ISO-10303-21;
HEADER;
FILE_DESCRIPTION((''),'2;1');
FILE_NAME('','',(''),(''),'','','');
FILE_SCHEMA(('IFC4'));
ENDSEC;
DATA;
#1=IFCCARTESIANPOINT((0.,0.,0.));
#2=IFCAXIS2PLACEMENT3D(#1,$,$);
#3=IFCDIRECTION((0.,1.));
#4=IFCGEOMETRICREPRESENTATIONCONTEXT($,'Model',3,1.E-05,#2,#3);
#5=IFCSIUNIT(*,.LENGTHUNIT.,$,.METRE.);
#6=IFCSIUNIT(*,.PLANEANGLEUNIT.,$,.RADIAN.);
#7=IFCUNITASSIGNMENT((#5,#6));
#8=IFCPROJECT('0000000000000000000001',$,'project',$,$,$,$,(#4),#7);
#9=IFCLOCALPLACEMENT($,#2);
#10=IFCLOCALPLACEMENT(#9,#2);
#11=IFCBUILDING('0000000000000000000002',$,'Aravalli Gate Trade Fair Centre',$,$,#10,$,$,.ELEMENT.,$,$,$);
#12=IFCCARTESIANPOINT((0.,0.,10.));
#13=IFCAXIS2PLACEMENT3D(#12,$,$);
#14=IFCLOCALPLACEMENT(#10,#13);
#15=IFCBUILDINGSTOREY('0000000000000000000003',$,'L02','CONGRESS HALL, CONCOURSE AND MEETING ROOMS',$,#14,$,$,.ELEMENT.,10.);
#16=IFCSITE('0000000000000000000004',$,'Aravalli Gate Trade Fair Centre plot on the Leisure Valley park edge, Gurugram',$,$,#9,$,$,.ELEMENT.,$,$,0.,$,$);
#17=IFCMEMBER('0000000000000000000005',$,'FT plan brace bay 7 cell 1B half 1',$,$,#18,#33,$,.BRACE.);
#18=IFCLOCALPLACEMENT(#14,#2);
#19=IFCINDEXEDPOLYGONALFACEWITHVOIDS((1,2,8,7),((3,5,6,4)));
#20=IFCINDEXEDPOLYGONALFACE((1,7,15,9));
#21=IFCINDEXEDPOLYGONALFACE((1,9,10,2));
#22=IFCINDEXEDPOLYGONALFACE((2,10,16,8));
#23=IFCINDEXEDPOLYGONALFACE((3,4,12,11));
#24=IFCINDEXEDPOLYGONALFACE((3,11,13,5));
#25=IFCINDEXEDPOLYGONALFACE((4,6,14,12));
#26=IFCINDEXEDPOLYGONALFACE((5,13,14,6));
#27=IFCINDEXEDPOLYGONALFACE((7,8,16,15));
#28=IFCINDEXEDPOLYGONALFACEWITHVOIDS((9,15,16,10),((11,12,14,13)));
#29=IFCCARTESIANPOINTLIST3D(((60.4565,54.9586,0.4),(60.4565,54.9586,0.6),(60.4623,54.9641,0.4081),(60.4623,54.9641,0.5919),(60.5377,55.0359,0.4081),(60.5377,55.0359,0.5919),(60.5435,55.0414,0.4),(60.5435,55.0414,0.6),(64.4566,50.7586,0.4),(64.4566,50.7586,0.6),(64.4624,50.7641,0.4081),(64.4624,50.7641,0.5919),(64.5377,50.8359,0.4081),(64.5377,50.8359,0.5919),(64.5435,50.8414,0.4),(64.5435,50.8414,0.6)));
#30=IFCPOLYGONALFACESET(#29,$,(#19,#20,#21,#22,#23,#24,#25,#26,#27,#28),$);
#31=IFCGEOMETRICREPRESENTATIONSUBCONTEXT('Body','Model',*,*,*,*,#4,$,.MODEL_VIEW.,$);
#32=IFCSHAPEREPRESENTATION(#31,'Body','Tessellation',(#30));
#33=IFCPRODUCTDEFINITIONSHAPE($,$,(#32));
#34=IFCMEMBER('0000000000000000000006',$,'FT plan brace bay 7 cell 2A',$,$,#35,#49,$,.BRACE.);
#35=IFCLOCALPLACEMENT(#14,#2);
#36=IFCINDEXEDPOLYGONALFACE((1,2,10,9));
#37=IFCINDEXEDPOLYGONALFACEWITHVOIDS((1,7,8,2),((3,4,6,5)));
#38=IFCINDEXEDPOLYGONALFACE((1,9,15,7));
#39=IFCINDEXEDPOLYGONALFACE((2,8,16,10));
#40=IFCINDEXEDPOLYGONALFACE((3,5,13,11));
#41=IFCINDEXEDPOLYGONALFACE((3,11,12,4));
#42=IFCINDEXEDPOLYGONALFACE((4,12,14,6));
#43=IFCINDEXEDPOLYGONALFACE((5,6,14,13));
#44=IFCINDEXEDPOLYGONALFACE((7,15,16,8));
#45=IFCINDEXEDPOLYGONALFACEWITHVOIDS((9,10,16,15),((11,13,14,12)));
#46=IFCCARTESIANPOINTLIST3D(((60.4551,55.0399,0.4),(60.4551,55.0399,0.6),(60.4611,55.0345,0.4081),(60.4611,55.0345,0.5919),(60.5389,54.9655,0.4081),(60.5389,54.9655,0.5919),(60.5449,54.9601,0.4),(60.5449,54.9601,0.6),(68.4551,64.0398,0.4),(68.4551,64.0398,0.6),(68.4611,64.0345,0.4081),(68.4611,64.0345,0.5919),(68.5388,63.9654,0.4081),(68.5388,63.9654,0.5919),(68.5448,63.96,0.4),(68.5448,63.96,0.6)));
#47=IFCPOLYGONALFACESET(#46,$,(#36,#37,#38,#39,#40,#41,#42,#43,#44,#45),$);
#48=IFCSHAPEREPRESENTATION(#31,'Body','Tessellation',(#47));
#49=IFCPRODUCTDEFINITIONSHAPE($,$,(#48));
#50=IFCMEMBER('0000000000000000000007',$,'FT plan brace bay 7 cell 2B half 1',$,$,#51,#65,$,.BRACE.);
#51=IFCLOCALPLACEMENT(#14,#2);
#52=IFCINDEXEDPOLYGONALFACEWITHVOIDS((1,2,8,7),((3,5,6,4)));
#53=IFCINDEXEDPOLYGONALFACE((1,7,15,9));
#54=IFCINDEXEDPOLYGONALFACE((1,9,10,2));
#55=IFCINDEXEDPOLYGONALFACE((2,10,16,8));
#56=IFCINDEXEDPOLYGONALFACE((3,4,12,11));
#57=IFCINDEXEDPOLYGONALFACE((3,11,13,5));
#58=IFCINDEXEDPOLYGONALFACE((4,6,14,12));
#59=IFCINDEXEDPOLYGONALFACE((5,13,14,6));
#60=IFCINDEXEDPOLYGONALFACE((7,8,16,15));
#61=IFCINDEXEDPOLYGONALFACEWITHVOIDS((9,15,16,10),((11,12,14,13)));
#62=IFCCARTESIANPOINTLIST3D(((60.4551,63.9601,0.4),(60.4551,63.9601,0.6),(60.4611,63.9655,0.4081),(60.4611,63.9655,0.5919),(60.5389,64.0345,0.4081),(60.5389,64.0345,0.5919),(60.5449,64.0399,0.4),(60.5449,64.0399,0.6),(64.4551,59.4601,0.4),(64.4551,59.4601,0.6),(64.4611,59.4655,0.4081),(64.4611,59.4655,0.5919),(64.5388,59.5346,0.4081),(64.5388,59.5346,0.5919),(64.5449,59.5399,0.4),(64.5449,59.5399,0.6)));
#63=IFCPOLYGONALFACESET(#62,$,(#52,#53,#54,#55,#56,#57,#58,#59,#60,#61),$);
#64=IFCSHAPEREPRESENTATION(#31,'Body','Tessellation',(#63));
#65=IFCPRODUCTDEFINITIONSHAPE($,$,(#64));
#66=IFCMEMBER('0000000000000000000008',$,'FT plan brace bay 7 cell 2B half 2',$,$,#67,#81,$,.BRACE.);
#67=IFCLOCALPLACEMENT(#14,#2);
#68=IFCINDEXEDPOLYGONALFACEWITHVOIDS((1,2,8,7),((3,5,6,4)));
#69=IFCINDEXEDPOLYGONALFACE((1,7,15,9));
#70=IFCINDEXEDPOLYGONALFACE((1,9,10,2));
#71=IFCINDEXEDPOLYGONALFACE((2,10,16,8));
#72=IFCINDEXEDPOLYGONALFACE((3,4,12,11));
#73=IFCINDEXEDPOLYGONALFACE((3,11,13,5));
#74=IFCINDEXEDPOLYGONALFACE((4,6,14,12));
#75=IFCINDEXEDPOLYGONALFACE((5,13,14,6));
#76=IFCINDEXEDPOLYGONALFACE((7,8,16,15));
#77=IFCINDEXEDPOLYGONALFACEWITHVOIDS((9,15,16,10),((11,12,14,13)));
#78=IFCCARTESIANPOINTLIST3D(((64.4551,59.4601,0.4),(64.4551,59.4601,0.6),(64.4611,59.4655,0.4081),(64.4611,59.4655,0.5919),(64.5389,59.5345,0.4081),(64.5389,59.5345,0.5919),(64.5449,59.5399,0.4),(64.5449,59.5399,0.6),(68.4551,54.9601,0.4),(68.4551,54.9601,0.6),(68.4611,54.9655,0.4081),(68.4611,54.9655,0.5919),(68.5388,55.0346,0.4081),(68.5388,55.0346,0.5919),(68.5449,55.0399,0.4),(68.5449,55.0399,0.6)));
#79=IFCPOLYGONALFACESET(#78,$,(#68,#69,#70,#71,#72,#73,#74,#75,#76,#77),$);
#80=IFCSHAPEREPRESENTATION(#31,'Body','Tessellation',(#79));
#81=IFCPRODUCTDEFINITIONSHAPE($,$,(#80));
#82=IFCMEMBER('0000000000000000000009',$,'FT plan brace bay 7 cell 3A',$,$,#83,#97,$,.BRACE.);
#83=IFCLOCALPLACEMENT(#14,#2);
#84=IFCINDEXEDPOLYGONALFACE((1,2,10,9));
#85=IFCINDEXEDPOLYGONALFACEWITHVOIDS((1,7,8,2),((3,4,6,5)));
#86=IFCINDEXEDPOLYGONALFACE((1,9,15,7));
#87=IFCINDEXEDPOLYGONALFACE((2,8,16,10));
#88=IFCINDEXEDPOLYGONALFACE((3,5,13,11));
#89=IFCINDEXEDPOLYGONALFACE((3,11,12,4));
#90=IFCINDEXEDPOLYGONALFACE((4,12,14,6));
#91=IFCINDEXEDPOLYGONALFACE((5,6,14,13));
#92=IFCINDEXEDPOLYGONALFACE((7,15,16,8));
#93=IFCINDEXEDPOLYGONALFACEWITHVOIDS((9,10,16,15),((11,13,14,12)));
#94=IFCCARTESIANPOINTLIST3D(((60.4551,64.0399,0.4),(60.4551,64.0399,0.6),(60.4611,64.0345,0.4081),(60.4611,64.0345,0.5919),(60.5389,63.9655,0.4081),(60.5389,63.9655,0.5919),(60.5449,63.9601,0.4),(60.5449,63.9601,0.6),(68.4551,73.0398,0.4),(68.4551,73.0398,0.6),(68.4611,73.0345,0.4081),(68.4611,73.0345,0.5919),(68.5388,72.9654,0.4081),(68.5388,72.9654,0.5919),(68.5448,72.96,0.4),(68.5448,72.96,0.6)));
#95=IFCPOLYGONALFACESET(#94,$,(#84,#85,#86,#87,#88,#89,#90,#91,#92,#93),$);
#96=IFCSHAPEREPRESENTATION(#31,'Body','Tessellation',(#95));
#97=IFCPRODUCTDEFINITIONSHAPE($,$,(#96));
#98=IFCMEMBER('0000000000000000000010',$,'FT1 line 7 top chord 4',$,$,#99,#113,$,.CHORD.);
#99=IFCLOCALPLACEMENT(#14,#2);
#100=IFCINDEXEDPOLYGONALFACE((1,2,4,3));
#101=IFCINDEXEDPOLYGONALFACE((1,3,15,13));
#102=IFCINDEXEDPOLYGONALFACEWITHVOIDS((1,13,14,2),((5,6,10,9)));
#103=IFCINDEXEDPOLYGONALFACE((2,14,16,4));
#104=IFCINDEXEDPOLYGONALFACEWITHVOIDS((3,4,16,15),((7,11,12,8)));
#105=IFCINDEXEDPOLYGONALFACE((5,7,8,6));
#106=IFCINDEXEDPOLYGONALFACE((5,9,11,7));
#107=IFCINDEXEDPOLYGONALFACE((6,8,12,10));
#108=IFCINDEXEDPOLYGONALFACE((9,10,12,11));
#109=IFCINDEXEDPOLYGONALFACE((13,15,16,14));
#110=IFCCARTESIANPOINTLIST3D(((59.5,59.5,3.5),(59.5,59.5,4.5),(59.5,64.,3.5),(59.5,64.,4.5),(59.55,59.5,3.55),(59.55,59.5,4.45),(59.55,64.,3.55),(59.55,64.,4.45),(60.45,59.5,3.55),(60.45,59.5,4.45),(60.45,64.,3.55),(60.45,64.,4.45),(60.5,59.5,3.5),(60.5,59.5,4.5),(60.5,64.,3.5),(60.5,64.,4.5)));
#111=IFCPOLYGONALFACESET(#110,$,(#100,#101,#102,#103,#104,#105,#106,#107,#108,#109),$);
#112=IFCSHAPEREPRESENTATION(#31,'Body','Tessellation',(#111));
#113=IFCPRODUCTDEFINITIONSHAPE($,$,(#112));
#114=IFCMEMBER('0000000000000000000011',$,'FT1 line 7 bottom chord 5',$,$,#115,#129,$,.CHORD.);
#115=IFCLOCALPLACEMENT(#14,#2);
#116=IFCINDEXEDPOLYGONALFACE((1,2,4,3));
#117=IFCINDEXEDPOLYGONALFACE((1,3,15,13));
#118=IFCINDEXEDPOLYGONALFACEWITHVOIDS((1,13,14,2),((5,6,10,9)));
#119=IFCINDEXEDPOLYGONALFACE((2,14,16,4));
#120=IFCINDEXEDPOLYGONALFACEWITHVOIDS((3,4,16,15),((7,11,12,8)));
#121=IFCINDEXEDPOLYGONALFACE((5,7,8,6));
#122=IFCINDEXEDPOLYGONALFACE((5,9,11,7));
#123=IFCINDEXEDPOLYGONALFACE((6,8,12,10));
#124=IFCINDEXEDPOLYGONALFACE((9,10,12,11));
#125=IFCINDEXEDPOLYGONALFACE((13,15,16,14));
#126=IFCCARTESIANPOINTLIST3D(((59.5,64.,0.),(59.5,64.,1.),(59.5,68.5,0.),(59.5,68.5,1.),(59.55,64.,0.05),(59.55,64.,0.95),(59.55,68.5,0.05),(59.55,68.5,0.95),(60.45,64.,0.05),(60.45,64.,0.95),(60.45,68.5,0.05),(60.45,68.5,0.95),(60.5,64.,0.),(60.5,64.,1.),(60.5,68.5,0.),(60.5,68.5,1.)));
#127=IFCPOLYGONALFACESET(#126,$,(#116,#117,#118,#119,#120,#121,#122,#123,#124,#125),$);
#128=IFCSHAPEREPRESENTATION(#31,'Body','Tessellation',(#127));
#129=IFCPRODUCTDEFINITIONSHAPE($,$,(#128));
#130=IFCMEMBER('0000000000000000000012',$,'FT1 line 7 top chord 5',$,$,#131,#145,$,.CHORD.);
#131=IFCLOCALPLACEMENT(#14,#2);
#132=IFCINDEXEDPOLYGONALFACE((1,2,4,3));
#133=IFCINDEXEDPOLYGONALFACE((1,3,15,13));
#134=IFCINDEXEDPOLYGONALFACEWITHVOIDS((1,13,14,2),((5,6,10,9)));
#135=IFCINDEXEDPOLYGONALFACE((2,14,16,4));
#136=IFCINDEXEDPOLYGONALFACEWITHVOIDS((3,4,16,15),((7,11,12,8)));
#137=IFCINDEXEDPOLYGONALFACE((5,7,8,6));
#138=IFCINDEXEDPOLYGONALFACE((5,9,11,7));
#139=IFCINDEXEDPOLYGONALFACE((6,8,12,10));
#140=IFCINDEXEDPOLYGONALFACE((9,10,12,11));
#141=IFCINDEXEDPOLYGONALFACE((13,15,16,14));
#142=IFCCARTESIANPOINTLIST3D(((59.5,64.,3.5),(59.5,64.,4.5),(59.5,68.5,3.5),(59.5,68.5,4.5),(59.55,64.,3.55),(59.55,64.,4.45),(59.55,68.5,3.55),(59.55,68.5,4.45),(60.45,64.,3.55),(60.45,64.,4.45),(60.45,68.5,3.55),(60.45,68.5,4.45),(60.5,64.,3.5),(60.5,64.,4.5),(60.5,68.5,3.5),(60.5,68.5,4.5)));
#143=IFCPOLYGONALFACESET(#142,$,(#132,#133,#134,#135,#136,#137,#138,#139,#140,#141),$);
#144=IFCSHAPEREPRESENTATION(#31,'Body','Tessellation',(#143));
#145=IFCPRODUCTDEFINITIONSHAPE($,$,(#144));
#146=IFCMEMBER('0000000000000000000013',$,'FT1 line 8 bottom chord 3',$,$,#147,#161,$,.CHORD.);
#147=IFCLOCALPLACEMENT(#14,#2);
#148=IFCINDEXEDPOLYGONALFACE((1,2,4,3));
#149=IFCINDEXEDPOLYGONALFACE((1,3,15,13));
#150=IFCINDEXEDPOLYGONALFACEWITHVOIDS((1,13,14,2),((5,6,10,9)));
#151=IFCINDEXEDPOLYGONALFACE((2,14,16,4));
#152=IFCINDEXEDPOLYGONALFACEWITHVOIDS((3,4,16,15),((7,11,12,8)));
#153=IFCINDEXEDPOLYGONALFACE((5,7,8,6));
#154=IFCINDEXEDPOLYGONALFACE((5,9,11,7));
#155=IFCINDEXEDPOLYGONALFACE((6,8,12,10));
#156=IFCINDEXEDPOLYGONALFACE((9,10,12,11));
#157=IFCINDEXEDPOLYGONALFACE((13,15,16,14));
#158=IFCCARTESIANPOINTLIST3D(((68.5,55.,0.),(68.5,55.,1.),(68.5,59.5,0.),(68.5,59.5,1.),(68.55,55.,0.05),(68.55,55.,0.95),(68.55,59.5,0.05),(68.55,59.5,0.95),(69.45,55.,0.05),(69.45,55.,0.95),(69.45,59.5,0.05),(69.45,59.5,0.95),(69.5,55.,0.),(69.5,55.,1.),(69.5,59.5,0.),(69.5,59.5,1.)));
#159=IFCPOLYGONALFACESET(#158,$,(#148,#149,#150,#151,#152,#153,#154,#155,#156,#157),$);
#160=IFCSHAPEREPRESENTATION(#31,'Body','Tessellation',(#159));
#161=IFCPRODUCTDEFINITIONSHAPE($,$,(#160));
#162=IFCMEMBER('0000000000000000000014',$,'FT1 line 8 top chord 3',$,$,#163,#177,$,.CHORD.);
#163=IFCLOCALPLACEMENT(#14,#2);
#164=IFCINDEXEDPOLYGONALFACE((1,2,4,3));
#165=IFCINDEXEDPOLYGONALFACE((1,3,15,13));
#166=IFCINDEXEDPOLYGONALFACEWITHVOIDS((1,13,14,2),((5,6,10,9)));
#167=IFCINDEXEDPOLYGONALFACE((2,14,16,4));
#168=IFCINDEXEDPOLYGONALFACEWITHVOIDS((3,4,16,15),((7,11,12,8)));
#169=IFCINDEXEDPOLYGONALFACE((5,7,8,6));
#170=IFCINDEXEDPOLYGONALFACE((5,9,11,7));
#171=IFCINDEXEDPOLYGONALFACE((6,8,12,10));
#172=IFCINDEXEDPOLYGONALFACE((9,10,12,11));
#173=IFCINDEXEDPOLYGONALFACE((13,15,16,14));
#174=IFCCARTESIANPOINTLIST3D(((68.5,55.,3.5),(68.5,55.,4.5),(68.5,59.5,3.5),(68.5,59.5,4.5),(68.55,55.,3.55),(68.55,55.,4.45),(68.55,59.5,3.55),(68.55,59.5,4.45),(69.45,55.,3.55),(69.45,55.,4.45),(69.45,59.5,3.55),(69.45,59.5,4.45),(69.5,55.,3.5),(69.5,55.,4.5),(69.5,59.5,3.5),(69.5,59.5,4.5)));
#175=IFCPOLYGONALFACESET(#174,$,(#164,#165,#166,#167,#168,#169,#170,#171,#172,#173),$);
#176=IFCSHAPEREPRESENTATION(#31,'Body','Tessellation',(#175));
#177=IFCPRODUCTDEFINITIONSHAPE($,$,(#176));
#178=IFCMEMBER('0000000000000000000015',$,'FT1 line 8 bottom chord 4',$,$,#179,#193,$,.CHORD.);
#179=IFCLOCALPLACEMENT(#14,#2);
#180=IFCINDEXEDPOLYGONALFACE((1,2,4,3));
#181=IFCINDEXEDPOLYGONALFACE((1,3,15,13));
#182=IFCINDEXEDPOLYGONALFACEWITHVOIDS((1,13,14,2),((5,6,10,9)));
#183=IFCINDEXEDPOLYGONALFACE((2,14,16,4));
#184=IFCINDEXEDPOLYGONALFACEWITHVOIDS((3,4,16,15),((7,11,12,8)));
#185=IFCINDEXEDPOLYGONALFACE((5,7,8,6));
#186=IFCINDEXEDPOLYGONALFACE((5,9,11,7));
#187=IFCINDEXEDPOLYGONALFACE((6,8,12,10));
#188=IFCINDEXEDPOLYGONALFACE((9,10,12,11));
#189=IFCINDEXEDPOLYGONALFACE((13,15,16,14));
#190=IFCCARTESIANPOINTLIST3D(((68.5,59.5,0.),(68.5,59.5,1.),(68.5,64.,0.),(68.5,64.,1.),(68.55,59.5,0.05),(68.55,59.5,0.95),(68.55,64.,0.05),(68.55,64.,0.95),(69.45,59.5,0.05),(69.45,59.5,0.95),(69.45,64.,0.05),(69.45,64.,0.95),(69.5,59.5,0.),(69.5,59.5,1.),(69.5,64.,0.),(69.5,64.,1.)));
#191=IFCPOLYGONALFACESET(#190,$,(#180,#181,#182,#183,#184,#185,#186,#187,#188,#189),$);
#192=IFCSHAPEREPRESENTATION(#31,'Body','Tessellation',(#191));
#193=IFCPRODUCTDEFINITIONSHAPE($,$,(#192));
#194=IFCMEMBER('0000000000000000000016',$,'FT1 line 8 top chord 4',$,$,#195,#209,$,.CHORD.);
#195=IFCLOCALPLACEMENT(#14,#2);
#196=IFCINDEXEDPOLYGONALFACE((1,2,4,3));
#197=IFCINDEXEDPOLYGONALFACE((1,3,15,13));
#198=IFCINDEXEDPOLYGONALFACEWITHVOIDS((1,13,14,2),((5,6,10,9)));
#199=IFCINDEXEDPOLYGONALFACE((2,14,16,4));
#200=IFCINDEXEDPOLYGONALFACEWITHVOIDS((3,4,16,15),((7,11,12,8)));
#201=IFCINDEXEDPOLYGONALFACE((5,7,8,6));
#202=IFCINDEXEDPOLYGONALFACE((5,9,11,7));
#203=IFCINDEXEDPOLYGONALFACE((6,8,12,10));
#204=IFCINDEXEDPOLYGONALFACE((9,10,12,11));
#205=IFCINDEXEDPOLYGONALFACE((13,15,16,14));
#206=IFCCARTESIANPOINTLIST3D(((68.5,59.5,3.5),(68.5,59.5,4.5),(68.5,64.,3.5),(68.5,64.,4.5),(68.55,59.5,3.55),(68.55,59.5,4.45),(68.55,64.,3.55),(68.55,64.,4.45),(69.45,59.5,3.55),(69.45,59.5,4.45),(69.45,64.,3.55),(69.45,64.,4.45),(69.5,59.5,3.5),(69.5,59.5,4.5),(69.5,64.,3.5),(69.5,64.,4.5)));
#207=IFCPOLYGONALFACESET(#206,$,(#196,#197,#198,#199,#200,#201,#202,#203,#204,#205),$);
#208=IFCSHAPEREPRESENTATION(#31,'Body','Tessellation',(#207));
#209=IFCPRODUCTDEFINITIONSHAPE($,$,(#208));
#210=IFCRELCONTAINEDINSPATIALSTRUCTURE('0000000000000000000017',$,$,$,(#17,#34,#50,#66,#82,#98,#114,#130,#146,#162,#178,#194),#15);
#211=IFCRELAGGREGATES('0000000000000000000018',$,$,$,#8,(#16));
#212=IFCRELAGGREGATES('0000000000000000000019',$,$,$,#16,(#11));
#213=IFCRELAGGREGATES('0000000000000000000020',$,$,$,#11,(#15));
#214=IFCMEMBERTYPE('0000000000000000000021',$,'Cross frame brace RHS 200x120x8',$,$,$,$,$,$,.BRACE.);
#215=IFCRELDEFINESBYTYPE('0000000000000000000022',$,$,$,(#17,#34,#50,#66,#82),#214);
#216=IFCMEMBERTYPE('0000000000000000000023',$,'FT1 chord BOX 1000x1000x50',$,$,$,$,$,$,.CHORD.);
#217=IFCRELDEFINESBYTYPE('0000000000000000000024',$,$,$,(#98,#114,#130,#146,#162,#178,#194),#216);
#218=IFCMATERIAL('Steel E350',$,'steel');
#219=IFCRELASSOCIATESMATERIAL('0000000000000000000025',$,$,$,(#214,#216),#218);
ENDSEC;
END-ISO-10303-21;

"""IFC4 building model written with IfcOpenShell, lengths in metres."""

from ifc_helpers import new_model, si_unit, direction, frame, origin, origin_2d, place, context, subcontext, project, spatial, hollow_rectangle, extrude, material, material_profile, profile_set, type_object, element, save


model = new_model("IFC4")

# Units and contexts
model_context = context("Model", 3, precision=1e-05, world=origin(), true_north=direction((0.0, 1.0)))
body_context = subcontext(model_context, "Body", "Model", "MODEL_VIEW")
ifc_project = project(units=[si_unit("LENGTHUNIT", "METRE"), si_unit("PLANEANGLEUNIT", "RADIAN")], contexts=[model_context])

# Site, building, storey
site_placement = place(None, origin())
site = spatial("IfcSite", under=ifc_project, at=site_placement, Name="Aravalli Gate Trade Fair Centre plot on the Leisure Valley park edge, Gurugram", CompositionType="ELEMENT", RefElevation=0.0)
building_placement = place(site_placement, origin())
building = spatial("IfcBuilding", under=site, at=building_placement, Name="Aravalli Gate Trade Fair Centre", CompositionType="ELEMENT")
storey_placement = place(building_placement, frame((0.0, 0.0, 10.0)))
storey = spatial("IfcBuildingStorey", under=building, at=storey_placement, Name="L02", Description="CONGRESS HALL, CONCOURSE AND MEETING ROOMS", CompositionType="ELEMENT", Elevation=10.0)

# Members
ifc_material = material(Name="Steel E350", Category="steel")
ifc_material_profile_1 = material_profile(ifc_material, hollow_rectangle(XDim=0.1201, YDim=0.2, WallThickness=0.0081, at=origin_2d()), Name="RHS 200x120x8")
ifc_profile_set_1 = profile_set([ifc_material_profile_1], Name="Steel E350")
member_type_1 = type_object("IfcMemberType", Name="Cross frame brace RHS 200x120x8", PredefinedType="BRACE", material=ifc_profile_set_1)
member_1_placement = place(storey_placement, frame((60.5, 55.0, 0.5), z_axis=(0.689659, -0.724134, 0.0), x_axis=(0.724134, 0.689659, 0.0)))
element("IfcMember", 1, at=member_1_placement, inside=storey, type_object=member_type_1, Name="FT plan brace bay 7 cell 1B half 1", PredefinedType="BRACE", context=body_context, shape_type="SweptSolid", body=[
    extrude(hollow_rectangle(XDim=0.1201, YDim=0.2, WallThickness=0.0081, at=origin_2d()), origin(), (0.0, 0.0, 1.0), 5.8),
])
member_2_placement = place(storey_placement, frame((60.5, 55.0, 0.5), z_axis=(0.664364, 0.747409, 0.0), x_axis=(-0.747409, 0.664364, 0.0)))
element("IfcMember", 2, at=member_2_placement, inside=storey, type_object=member_type_1, Name="FT plan brace bay 7 cell 2A", PredefinedType="BRACE", context=body_context, shape_type="SweptSolid", body=[
    extrude(hollow_rectangle(XDim=0.1201, YDim=0.2, WallThickness=0.0081, at=origin_2d()), origin(), (0.0, 0.0, 1.0), 12.0415),
])
for number, where, z_axis, x_axis, name in (
    (3, (60.5, 64.0, 0.5), (0.664364, -0.747409, 0.0), (0.747409, 0.664364, 0.0), "FT plan brace bay 7 cell 2B half 1"),
    (4, (64.5, 59.5, 0.5), (0.664364, -0.747409, 0.0), (0.747409, 0.664364, 0.0), "FT plan brace bay 7 cell 2B half 2"),
):
    element("IfcMember", number, at=place(storey_placement, frame(where, z_axis=z_axis, x_axis=x_axis)), inside=storey, type_object=member_type_1, Name=name, PredefinedType="BRACE", context=body_context, shape_type="SweptSolid", body=[
        extrude(hollow_rectangle(XDim=0.1201, YDim=0.2, WallThickness=0.0081, at=origin_2d()), origin(), (0.0, 0.0, 1.0), 6.0208),
    ])
member_3_placement = place(storey_placement, frame((60.5, 64.0, 0.5), z_axis=(0.664364, 0.747409, 0.0), x_axis=(-0.747409, 0.664364, 0.0)))
element("IfcMember", 5, at=member_3_placement, inside=storey, type_object=member_type_1, Name="FT plan brace bay 7 cell 3A", PredefinedType="BRACE", context=body_context, shape_type="SweptSolid", body=[
    extrude(hollow_rectangle(XDim=0.1201, YDim=0.2, WallThickness=0.0081, at=origin_2d()), origin(), (0.0, 0.0, 1.0), 12.0415),
])
ifc_material_profile_2 = material_profile(ifc_material, hollow_rectangle(XDim=1.0, YDim=1.0, WallThickness=0.05, at=origin_2d()), Name="BOX 1000x1000x50")
ifc_profile_set_2 = profile_set([ifc_material_profile_2], Name="Steel E350")
member_type_2 = type_object("IfcMemberType", Name="FT1 chord BOX 1000x1000x50", PredefinedType="CHORD", material=ifc_profile_set_2)
for number, where, z_axis, x_axis, name in (
    (6, (60.0, 59.5, 4.0), (0.0, 1.0, 0.0), (-1.0, 0.0, 0.0), "FT1 line 7 top chord 4"),
    (7, (60.0, 64.0, 0.5), (0.0, 1.0, 0.0), (-1.0, 0.0, 0.0), "FT1 line 7 bottom chord 5"),
    (8, (60.0, 64.0, 4.0), (0.0, 1.0, 0.0), (-1.0, 0.0, 0.0), "FT1 line 7 top chord 5"),
    (9, (69.0, 55.0, 0.5), (0.0, 1.0, 0.0), (-1.0, 0.0, 0.0), "FT1 line 8 bottom chord 3"),
    (10, (69.0, 55.0, 4.0), (0.0, 1.0, 0.0), (-1.0, 0.0, 0.0), "FT1 line 8 top chord 3"),
    (11, (69.0, 59.5, 0.5), (0.0, 1.0, 0.0), (-1.0, 0.0, 0.0), "FT1 line 8 bottom chord 4"),
    (12, (69.0, 59.5, 4.0), (0.0, 1.0, 0.0), (-1.0, 0.0, 0.0), "FT1 line 8 top chord 4"),
):
    element("IfcMember", number, at=place(storey_placement, frame(where, z_axis=z_axis, x_axis=x_axis)), inside=storey, type_object=member_type_2, Name=name, PredefinedType="CHORD", context=body_context, shape_type="SweptSolid", body=[
        extrude(hollow_rectangle(XDim=1.0, YDim=1.0, WallThickness=0.05, at=origin_2d()), origin(), (0.0, 0.0, 1.0), 4.5),
    ])

save(model, "model.ifc")
